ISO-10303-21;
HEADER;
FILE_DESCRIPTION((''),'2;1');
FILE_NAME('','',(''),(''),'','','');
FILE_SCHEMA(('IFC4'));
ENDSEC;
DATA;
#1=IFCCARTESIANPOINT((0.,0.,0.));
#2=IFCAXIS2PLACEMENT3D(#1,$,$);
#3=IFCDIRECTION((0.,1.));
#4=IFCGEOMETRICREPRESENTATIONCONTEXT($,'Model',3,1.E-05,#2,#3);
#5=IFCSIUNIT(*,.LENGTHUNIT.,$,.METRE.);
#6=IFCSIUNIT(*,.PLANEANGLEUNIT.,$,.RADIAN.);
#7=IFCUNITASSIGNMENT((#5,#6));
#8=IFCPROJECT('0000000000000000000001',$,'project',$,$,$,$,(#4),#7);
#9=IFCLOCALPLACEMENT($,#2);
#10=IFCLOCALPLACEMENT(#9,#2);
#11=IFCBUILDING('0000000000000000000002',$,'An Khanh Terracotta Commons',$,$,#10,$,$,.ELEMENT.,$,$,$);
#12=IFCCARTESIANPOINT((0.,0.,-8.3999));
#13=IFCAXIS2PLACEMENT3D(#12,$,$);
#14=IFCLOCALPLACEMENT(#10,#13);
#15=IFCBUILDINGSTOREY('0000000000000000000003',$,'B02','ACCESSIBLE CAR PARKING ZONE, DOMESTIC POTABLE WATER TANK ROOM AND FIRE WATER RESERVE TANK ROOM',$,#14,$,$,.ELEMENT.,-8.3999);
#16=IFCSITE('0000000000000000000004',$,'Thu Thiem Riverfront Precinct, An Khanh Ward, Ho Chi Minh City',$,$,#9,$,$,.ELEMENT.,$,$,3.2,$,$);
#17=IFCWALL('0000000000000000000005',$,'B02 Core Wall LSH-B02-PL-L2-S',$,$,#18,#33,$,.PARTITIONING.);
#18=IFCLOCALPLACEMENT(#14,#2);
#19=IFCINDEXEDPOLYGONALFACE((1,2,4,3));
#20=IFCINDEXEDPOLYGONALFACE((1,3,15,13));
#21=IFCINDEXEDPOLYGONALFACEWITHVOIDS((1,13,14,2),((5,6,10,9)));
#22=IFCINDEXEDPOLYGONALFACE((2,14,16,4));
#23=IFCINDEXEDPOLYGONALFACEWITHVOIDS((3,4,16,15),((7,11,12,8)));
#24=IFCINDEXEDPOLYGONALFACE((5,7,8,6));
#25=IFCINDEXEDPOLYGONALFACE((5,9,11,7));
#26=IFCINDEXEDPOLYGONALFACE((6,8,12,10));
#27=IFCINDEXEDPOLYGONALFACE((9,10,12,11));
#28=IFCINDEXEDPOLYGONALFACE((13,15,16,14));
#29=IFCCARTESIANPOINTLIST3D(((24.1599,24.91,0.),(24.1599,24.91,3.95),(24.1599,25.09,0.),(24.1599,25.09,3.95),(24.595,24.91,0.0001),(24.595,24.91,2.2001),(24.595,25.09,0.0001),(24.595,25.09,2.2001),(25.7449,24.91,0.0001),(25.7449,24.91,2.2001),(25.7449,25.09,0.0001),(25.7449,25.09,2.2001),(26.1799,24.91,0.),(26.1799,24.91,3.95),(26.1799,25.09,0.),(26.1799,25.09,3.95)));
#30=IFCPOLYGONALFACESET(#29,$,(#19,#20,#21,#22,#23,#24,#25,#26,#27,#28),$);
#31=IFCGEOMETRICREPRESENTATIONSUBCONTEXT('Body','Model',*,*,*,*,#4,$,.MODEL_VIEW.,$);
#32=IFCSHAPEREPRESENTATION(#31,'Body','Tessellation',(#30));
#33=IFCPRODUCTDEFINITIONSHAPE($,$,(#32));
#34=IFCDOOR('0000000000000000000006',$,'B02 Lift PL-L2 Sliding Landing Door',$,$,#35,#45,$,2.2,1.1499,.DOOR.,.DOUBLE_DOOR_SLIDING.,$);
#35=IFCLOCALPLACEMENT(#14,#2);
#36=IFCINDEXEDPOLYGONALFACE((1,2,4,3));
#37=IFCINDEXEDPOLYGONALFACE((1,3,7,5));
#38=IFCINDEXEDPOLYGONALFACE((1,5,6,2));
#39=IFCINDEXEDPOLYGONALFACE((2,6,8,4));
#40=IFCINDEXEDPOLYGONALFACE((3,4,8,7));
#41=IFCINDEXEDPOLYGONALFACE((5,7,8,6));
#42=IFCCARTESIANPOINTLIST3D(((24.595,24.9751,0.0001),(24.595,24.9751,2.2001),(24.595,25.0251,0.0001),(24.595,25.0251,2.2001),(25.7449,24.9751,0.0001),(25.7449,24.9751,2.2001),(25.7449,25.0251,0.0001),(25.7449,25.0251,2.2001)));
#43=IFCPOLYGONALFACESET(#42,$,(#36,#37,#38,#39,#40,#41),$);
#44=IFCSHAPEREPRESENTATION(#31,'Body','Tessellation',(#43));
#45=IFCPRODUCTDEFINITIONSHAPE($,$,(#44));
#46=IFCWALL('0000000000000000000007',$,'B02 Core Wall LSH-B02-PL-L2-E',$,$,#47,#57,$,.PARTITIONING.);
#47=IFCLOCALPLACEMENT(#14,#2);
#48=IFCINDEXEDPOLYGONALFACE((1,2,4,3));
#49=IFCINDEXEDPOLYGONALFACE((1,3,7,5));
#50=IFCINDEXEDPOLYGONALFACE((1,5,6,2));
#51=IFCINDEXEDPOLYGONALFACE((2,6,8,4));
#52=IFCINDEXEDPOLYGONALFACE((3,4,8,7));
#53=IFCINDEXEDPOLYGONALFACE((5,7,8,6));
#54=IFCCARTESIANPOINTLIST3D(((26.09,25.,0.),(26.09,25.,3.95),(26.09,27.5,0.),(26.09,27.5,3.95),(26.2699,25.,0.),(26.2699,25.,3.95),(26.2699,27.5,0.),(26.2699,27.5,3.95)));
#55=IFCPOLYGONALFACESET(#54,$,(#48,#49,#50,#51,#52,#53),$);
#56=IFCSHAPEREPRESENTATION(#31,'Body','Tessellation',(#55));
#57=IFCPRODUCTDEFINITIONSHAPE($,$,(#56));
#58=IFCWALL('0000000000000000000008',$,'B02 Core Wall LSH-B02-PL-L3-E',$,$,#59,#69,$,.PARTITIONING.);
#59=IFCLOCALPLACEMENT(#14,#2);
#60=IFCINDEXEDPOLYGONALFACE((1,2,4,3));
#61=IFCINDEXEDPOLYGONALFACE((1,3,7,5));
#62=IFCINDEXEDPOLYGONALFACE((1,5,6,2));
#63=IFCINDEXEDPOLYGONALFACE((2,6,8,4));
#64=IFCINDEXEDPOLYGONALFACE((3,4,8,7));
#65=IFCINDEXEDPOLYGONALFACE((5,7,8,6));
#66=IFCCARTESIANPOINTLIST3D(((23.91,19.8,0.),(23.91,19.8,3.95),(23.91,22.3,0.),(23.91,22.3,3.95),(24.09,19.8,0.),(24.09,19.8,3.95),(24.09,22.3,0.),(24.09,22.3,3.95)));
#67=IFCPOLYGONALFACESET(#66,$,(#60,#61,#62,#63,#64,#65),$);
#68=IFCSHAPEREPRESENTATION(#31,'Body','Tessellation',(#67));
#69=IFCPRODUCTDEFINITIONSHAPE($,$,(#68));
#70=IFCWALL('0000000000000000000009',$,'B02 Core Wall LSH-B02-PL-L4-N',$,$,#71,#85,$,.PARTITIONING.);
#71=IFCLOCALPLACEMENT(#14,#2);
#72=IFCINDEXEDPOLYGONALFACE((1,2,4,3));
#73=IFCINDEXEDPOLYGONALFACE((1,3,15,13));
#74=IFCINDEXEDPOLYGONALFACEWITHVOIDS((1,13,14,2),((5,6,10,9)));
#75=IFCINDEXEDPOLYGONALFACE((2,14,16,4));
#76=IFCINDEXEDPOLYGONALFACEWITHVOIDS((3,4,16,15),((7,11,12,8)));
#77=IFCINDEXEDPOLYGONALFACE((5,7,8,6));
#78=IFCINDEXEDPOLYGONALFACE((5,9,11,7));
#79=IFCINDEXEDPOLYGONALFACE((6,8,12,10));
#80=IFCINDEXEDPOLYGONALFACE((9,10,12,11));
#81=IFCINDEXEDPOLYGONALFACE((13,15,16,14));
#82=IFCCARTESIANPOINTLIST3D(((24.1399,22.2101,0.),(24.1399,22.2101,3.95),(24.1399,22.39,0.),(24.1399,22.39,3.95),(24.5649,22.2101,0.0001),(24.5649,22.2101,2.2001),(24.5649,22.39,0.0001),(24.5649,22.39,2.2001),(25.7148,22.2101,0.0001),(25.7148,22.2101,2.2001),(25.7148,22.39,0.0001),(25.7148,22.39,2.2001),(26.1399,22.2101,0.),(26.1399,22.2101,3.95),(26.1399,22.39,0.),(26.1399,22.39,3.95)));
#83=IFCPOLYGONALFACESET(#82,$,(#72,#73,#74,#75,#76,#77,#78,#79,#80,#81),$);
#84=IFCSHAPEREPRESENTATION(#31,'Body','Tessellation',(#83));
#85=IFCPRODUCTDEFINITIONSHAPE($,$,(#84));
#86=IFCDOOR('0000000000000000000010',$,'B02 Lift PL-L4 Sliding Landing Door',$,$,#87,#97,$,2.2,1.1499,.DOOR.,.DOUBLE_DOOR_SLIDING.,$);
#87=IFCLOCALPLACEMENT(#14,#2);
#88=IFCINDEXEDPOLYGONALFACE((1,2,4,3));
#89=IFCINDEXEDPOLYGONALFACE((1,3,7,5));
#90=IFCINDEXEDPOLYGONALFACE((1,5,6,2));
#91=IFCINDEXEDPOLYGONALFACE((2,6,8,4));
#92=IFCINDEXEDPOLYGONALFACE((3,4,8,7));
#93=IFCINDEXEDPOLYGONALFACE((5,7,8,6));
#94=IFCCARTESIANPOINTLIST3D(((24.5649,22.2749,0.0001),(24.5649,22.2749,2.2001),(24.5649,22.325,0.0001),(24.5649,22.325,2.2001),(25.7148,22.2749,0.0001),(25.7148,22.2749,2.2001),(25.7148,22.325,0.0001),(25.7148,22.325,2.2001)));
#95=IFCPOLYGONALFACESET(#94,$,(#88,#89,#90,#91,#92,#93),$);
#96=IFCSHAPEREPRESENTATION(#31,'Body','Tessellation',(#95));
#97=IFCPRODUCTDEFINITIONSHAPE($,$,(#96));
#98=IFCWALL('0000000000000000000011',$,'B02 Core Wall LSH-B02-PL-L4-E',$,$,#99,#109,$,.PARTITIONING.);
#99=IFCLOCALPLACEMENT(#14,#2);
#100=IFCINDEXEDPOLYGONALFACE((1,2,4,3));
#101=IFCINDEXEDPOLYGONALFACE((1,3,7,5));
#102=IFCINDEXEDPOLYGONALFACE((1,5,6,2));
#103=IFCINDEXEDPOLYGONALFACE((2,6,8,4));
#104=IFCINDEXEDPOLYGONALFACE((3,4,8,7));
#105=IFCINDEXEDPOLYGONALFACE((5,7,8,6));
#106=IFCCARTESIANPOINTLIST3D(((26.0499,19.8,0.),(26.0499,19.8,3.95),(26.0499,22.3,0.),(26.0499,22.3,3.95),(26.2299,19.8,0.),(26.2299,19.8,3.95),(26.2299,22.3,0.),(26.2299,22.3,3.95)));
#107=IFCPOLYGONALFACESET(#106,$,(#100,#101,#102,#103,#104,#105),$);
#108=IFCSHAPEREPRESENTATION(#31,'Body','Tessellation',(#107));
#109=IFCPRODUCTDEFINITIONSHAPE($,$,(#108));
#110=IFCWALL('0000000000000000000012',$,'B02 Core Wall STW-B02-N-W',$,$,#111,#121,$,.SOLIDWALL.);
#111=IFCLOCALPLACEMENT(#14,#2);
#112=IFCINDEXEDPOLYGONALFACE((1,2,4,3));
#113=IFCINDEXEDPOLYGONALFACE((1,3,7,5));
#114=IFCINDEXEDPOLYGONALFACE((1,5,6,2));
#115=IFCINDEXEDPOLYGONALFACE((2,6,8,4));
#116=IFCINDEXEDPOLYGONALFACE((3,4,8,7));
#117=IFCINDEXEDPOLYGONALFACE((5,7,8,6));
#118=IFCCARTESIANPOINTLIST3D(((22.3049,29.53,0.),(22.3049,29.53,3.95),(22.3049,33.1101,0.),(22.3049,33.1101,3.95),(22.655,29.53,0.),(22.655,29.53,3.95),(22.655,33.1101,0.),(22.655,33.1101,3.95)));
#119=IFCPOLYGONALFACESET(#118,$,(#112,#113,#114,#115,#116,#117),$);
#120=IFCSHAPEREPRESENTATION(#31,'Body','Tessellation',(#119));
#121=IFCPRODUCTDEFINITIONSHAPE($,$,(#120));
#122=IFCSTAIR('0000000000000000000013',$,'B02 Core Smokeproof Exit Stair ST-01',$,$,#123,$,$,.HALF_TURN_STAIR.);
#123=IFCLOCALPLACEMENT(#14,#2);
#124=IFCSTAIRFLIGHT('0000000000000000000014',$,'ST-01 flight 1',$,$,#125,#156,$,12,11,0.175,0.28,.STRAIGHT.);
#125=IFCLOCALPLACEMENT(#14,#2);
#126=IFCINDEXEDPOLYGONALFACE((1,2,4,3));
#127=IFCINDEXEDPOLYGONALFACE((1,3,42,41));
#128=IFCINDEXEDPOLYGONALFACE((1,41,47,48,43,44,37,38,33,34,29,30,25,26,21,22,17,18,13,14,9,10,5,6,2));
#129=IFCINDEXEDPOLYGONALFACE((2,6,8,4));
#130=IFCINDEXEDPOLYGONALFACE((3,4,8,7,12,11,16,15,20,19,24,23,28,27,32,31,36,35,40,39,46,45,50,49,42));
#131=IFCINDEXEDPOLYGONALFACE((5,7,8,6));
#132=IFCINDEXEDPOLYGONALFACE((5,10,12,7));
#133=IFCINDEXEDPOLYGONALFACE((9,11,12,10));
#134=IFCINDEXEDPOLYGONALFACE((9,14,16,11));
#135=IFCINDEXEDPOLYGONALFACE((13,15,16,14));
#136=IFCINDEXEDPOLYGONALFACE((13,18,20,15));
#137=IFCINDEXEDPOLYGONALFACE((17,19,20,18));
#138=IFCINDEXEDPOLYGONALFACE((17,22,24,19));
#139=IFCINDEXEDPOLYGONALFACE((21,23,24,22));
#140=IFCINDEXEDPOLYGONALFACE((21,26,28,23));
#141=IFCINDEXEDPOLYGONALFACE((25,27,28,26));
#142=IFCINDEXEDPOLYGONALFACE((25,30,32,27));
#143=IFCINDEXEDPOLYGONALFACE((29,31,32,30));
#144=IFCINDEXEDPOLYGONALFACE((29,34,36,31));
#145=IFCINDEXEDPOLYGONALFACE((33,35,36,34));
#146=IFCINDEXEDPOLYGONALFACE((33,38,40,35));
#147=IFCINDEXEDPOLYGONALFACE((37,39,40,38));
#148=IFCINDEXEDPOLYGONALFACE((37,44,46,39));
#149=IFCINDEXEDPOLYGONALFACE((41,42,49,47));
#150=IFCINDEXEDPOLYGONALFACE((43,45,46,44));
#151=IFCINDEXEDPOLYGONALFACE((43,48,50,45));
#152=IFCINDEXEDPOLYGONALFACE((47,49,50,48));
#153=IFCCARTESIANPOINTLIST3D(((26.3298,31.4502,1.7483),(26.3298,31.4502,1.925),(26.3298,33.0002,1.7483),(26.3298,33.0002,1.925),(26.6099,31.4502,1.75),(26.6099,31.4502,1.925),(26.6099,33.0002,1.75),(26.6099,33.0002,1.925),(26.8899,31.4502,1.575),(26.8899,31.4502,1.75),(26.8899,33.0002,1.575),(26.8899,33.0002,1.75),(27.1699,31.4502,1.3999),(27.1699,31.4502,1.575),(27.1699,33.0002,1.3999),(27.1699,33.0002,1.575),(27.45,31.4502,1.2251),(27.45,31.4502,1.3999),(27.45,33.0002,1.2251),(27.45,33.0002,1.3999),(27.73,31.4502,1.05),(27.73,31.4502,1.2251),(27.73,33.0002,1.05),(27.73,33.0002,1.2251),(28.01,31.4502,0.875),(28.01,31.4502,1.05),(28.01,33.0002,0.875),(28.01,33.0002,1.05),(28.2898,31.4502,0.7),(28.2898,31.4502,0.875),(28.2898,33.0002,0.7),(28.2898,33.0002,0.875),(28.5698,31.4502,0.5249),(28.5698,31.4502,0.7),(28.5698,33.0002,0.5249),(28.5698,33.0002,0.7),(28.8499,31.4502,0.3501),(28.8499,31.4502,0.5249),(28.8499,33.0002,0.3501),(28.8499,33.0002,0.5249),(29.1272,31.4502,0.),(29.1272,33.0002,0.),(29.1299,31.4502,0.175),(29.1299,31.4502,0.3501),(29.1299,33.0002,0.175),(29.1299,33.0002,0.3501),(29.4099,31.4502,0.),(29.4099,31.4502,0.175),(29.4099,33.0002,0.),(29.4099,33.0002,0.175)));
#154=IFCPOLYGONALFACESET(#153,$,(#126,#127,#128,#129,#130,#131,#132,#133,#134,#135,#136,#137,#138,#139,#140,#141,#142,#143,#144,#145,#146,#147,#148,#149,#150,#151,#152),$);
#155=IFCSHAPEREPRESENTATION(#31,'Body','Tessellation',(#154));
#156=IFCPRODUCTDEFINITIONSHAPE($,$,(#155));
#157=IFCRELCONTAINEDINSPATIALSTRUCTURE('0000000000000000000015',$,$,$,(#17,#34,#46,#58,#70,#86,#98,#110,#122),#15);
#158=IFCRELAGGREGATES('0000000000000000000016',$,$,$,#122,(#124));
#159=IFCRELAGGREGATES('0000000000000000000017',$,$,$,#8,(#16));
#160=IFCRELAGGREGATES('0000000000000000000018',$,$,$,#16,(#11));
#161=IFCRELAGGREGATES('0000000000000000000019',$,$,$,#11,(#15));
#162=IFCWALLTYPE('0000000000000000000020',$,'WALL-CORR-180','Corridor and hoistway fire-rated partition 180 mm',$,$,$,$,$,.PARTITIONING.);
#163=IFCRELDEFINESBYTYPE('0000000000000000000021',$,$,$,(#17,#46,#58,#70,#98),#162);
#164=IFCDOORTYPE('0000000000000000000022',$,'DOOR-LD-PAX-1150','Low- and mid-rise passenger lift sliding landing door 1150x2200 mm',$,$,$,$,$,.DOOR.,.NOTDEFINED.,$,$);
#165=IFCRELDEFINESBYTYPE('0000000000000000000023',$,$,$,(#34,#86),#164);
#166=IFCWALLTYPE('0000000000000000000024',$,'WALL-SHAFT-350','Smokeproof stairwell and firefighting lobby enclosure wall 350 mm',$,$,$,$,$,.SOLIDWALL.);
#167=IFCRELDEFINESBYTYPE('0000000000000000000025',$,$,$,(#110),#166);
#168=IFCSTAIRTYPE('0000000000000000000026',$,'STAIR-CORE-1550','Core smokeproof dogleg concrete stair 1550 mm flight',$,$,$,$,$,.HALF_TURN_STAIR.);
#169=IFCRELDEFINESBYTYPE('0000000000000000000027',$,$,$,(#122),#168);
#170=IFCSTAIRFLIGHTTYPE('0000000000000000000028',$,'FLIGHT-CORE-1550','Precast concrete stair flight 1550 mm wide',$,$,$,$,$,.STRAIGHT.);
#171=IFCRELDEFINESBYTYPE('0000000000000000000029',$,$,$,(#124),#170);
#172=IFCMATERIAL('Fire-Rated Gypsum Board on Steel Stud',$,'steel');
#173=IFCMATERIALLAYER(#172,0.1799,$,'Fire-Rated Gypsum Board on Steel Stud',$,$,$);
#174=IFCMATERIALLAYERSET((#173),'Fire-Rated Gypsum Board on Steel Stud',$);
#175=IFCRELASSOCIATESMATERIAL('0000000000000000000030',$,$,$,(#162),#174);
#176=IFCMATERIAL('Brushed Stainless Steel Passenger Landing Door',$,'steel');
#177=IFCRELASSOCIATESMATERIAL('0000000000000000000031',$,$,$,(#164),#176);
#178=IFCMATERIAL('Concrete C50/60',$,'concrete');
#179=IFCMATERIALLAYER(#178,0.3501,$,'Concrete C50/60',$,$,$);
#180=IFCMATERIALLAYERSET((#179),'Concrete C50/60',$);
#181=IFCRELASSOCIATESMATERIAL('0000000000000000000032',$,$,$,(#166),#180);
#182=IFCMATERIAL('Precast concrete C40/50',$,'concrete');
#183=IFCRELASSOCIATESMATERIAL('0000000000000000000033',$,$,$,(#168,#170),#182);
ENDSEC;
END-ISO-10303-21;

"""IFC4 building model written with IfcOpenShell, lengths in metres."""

from ifc_helpers import new_model, si_unit, direction, frame, frame_2d, origin, place, context, subcontext, project, spatial, polyline, rectangle, outline, extrude, material, layer, layer_set, type_object, element, fill, aggregate, save


model = new_model("IFC4")

# Units and contexts
model_context = context("Model", 3, precision=1e-05, world=origin(), true_north=direction((0.0, 1.0)))
body_context = subcontext(model_context, "Body", "Model", "MODEL_VIEW")
ifc_project = project(units=[si_unit("LENGTHUNIT", "METRE"), si_unit("PLANEANGLEUNIT", "RADIAN")], contexts=[model_context])

# Site, building, storey
site_placement = place(None, origin())
site = spatial("IfcSite", under=ifc_project, at=site_placement, Name="Thu Thiem Riverfront Precinct, An Khanh Ward, Ho Chi Minh City", CompositionType="ELEMENT", RefElevation=3.2)
building_placement = place(site_placement, origin())
building = spatial("IfcBuilding", under=site, at=building_placement, Name="An Khanh Terracotta Commons", CompositionType="ELEMENT")
storey_placement = place(building_placement, frame((0.0, 0.0, -8.3999)))
storey = spatial("IfcBuildingStorey", under=building, at=storey_placement, Name="B02", Description="ACCESSIBLE CAR PARKING ZONE, DOMESTIC POTABLE WATER TANK ROOM AND FIRE WATER RESERVE TANK ROOM", CompositionType="ELEMENT", Elevation=-8.3999)

# Shared definitions
ifc_material_1 = material(Name="Concrete C50/60", Category="concrete")

# Shared definitions
ifc_material_2 = material(Name="Fire-Rated Gypsum Board on Steel Stud", Category="steel")
ifc_layer_1 = layer(ifc_material_2, 0.1799, Name="Fire-Rated Gypsum Board on Steel Stud")
ifc_layer_set_1 = layer_set([ifc_layer_1], Name="Fire-Rated Gypsum Board on Steel Stud")
wall_type_1 = type_object("IfcWallType", Name="WALL-CORR-180", Description="Corridor and hoistway fire-rated partition 180 mm", PredefinedType="PARTITIONING", material=ifc_layer_set_1)
ifc_material_3 = material(Name="Brushed Stainless Steel Passenger Landing Door", Category="steel")
door_type = type_object("IfcDoorType", Name="DOOR-LD-PAX-1150", Description="Low- and mid-rise passenger lift sliding landing door 1150x2200 mm", OperationType="NOTDEFINED", PredefinedType="DOOR", material=ifc_material_3)

# Wall, opening, door
wall_1_placement = place(storey_placement, frame((26.1799, 25.0, 0.0), z_axis=(0.0, 0.0, 1.0), x_axis=(-1.0, 0.0, 0.0)))
wall_1 = element("IfcWall", 1, at=wall_1_placement, inside=storey, type_object=wall_type_1, Name="B02 Core Wall LSH-B02-PL-L2-S", PredefinedType="PARTITIONING", context=body_context, shape_type="SweptSolid", body=[
    extrude(rectangle(XDim=2.02, YDim=0.1799, at=frame_2d((1.01, 0.0))), origin(), (0.0, 0.0, 1.0), 3.95),
])
opening_1_placement = place(wall_1_placement, frame((0.4351, 0.0, 0.0)))
opening_1 = element("IfcOpeningElement", 2, at=opening_1_placement, cuts=wall_1, PredefinedType="OPENING", context=body_context, shape_type="SweptSolid", body=[
    extrude(rectangle(XDim=1.1499, YDim=2.2, at=frame_2d((0.575, 1.1001))), frame((0.0, 0.0999, 0.0), z_axis=(0.0, -1.0, 0.0), x_axis=(1.0, 0.0, 0.0)), (0.0, 0.0, 1.0), 0.2),
])
door_1_placement = place(opening_1_placement, origin())
door_1 = element("IfcDoor", 3, at=door_1_placement, inside=storey, type_object=door_type, Name="B02 Lift PL-L2 Sliding Landing Door", OperationType="DOUBLE_DOOR_SLIDING", OverallHeight=2.2, OverallWidth=1.1499, PredefinedType="DOOR", context=body_context, shape_type="SweptSolid", body=[
    extrude(rectangle(XDim=1.1499, YDim=2.2, at=frame_2d((0.575, 1.1001))), frame((0.0, 0.0249, 0.0), z_axis=(0.0, -1.0, 0.0), x_axis=(1.0, 0.0, 0.0)), (0.0, 0.0, 1.0), 0.05),
])
fill(opening_1, door_1)

# Walls
for number, where, z_axis, x_axis, name in (
    (4, (26.1799, 25.0, 0.0), (0.0, 0.0, 1.0), (0.0, 1.0, 0.0), "B02 Core Wall LSH-B02-PL-L2-E"),
    (5, (24.0, 19.8, 0.0), (0.0, 0.0, 1.0), (0.0, 1.0, 0.0), "B02 Core Wall LSH-B02-PL-L3-E"),
):
    element("IfcWall", number, at=place(storey_placement, frame(where, z_axis=z_axis, x_axis=x_axis)), inside=storey, type_object=wall_type_1, Name=name, PredefinedType="PARTITIONING", context=body_context, shape_type="SweptSolid", body=[
        extrude(rectangle(XDim=2.5, YDim=0.1799, at=frame_2d((1.25, 0.0))), origin(), (0.0, 0.0, 1.0), 3.95),
    ])

# Wall, opening, door
wall_2_placement = place(storey_placement, frame((24.1399, 22.3, 0.0), z_axis=(0.0, 0.0, 1.0), x_axis=(1.0, 0.0, 0.0)))
wall_2 = element("IfcWall", 6, at=wall_2_placement, inside=storey, type_object=wall_type_1, Name="B02 Core Wall LSH-B02-PL-L4-N", PredefinedType="PARTITIONING", context=body_context, shape_type="SweptSolid", body=[
    extrude(rectangle(XDim=2.0, YDim=0.1799, at=frame_2d((1.0, 0.0))), origin(), (0.0, 0.0, 1.0), 3.95),
])
opening_2_placement = place(wall_2_placement, frame((0.425, 0.0, 0.0)))
opening_2 = element("IfcOpeningElement", 7, at=opening_2_placement, cuts=wall_2, PredefinedType="OPENING", context=body_context, shape_type="SweptSolid", body=[
    extrude(rectangle(XDim=1.1499, YDim=2.2, at=frame_2d((0.575, 1.1001))), frame((0.0, 0.0999, 0.0), z_axis=(0.0, -1.0, 0.0), x_axis=(1.0, 0.0, 0.0)), (0.0, 0.0, 1.0), 0.2),
])
door_2_placement = place(opening_2_placement, origin())
door_2 = element("IfcDoor", 8, at=door_2_placement, inside=storey, type_object=door_type, Name="B02 Lift PL-L4 Sliding Landing Door", OperationType="DOUBLE_DOOR_SLIDING", OverallHeight=2.2, OverallWidth=1.1499, PredefinedType="DOOR", context=body_context, shape_type="SweptSolid", body=[
    extrude(rectangle(XDim=1.1499, YDim=2.2, at=frame_2d((0.575, 1.1001))), frame((0.0, 0.0249, 0.0), z_axis=(0.0, -1.0, 0.0), x_axis=(1.0, 0.0, 0.0)), (0.0, 0.0, 1.0), 0.05),
])
fill(opening_2, door_2)

# Walls
wall_3_placement = place(storey_placement, frame((26.1399, 19.8, 0.0), z_axis=(0.0, 0.0, 1.0), x_axis=(0.0, 1.0, 0.0)))
element("IfcWall", 9, at=wall_3_placement, inside=storey, type_object=wall_type_1, Name="B02 Core Wall LSH-B02-PL-L4-E", PredefinedType="PARTITIONING", context=body_context, shape_type="SweptSolid", body=[
    extrude(rectangle(XDim=2.5, YDim=0.1799, at=frame_2d((1.25, 0.0))), origin(), (0.0, 0.0, 1.0), 3.95),
])
ifc_layer_2 = layer(ifc_material_1, 0.3501, Name="Concrete C50/60")
ifc_layer_set_2 = layer_set([ifc_layer_2], Name="Concrete C50/60")
wall_type_2 = type_object("IfcWallType", Name="WALL-SHAFT-350", Description="Smokeproof stairwell and firefighting lobby enclosure wall 350 mm", PredefinedType="SOLIDWALL", material=ifc_layer_set_2)
wall_4_placement = place(storey_placement, frame((22.48, 29.53, 0.0), z_axis=(0.0, 0.0, 1.0), x_axis=(0.0, 1.0, 0.0)))
element("IfcWall", 10, at=wall_4_placement, inside=storey, type_object=wall_type_2, Name="B02 Core Wall STW-B02-N-W", PredefinedType="SOLIDWALL", context=body_context, shape_type="SweptSolid", body=[
    extrude(rectangle(XDim=3.5801, YDim=0.3501, at=frame_2d((1.79, 0.0))), origin(), (0.0, 0.0, 1.0), 3.95),
])

# Stair, stair flight
ifc_material_4 = material(Name="Precast concrete C40/50", Category="concrete")
stair_type = type_object("IfcStairType", Name="STAIR-CORE-1550", Description="Core smokeproof dogleg concrete stair 1550 mm flight", PredefinedType="HALF_TURN_STAIR", material=ifc_material_4)
stair_placement = place(storey_placement, origin())
stair = element("IfcStair", 11, at=stair_placement, inside=storey, type_object=stair_type, Name="B02 Core Smokeproof Exit Stair ST-01", PredefinedType="HALF_TURN_STAIR")
stair_flight_type = type_object("IfcStairFlightType", Name="FLIGHT-CORE-1550", Description="Precast concrete stair flight 1550 mm wide", PredefinedType="STRAIGHT", material=ifc_material_4)
stair_flight_1_placement = place(storey_placement, frame((29.4099, 32.2251, 0.0), z_axis=(0.0, 0.0, 1.0), x_axis=(-1.0, 0.0, 0.0)))
stair_flight_1 = element("IfcStairFlight", 12, at=stair_flight_1_placement, type_object=stair_flight_type, Name="ST-01 flight 1", NumberOfRisers=12, NumberOfTreads=11, PredefinedType="STRAIGHT", RiserHeight=0.175, TreadLength=0.28, context=body_context, shape_type="SweptSolid", body=[
    extrude(outline(polyline([(0.0, 0.0), (0.0, 0.175), (0.28, 0.175), (0.28, 0.3501), (0.5601, 0.3501), (0.5601, 0.5249), (0.8401, 0.5249), (0.8401, 0.7), (1.1201, 0.7), (1.1201, 0.875), (1.3999, 0.875), (1.3999, 1.05), (1.6799, 1.05), (1.6799, 1.2251), (1.96, 1.2251), (1.96, 1.3999), (2.24, 1.3999), (2.24, 1.575), (2.52, 1.575), (2.52, 1.75), (2.8, 1.75), (2.8, 1.925), (3.0801, 1.925), (3.0801, 2.1001), (3.0801, 1.7483), (0.2827, 0.0), (0.0, 0.0)])), frame((0.0, 0.7749, 0.0), z_axis=(0.0, -1.0, 0.0), x_axis=(1.0, 0.0, 0.0)), (0.0, 0.0, 1.0), 1.55),
])
aggregate(stair, [stair_flight_1])

save(model, "model.ifc")
